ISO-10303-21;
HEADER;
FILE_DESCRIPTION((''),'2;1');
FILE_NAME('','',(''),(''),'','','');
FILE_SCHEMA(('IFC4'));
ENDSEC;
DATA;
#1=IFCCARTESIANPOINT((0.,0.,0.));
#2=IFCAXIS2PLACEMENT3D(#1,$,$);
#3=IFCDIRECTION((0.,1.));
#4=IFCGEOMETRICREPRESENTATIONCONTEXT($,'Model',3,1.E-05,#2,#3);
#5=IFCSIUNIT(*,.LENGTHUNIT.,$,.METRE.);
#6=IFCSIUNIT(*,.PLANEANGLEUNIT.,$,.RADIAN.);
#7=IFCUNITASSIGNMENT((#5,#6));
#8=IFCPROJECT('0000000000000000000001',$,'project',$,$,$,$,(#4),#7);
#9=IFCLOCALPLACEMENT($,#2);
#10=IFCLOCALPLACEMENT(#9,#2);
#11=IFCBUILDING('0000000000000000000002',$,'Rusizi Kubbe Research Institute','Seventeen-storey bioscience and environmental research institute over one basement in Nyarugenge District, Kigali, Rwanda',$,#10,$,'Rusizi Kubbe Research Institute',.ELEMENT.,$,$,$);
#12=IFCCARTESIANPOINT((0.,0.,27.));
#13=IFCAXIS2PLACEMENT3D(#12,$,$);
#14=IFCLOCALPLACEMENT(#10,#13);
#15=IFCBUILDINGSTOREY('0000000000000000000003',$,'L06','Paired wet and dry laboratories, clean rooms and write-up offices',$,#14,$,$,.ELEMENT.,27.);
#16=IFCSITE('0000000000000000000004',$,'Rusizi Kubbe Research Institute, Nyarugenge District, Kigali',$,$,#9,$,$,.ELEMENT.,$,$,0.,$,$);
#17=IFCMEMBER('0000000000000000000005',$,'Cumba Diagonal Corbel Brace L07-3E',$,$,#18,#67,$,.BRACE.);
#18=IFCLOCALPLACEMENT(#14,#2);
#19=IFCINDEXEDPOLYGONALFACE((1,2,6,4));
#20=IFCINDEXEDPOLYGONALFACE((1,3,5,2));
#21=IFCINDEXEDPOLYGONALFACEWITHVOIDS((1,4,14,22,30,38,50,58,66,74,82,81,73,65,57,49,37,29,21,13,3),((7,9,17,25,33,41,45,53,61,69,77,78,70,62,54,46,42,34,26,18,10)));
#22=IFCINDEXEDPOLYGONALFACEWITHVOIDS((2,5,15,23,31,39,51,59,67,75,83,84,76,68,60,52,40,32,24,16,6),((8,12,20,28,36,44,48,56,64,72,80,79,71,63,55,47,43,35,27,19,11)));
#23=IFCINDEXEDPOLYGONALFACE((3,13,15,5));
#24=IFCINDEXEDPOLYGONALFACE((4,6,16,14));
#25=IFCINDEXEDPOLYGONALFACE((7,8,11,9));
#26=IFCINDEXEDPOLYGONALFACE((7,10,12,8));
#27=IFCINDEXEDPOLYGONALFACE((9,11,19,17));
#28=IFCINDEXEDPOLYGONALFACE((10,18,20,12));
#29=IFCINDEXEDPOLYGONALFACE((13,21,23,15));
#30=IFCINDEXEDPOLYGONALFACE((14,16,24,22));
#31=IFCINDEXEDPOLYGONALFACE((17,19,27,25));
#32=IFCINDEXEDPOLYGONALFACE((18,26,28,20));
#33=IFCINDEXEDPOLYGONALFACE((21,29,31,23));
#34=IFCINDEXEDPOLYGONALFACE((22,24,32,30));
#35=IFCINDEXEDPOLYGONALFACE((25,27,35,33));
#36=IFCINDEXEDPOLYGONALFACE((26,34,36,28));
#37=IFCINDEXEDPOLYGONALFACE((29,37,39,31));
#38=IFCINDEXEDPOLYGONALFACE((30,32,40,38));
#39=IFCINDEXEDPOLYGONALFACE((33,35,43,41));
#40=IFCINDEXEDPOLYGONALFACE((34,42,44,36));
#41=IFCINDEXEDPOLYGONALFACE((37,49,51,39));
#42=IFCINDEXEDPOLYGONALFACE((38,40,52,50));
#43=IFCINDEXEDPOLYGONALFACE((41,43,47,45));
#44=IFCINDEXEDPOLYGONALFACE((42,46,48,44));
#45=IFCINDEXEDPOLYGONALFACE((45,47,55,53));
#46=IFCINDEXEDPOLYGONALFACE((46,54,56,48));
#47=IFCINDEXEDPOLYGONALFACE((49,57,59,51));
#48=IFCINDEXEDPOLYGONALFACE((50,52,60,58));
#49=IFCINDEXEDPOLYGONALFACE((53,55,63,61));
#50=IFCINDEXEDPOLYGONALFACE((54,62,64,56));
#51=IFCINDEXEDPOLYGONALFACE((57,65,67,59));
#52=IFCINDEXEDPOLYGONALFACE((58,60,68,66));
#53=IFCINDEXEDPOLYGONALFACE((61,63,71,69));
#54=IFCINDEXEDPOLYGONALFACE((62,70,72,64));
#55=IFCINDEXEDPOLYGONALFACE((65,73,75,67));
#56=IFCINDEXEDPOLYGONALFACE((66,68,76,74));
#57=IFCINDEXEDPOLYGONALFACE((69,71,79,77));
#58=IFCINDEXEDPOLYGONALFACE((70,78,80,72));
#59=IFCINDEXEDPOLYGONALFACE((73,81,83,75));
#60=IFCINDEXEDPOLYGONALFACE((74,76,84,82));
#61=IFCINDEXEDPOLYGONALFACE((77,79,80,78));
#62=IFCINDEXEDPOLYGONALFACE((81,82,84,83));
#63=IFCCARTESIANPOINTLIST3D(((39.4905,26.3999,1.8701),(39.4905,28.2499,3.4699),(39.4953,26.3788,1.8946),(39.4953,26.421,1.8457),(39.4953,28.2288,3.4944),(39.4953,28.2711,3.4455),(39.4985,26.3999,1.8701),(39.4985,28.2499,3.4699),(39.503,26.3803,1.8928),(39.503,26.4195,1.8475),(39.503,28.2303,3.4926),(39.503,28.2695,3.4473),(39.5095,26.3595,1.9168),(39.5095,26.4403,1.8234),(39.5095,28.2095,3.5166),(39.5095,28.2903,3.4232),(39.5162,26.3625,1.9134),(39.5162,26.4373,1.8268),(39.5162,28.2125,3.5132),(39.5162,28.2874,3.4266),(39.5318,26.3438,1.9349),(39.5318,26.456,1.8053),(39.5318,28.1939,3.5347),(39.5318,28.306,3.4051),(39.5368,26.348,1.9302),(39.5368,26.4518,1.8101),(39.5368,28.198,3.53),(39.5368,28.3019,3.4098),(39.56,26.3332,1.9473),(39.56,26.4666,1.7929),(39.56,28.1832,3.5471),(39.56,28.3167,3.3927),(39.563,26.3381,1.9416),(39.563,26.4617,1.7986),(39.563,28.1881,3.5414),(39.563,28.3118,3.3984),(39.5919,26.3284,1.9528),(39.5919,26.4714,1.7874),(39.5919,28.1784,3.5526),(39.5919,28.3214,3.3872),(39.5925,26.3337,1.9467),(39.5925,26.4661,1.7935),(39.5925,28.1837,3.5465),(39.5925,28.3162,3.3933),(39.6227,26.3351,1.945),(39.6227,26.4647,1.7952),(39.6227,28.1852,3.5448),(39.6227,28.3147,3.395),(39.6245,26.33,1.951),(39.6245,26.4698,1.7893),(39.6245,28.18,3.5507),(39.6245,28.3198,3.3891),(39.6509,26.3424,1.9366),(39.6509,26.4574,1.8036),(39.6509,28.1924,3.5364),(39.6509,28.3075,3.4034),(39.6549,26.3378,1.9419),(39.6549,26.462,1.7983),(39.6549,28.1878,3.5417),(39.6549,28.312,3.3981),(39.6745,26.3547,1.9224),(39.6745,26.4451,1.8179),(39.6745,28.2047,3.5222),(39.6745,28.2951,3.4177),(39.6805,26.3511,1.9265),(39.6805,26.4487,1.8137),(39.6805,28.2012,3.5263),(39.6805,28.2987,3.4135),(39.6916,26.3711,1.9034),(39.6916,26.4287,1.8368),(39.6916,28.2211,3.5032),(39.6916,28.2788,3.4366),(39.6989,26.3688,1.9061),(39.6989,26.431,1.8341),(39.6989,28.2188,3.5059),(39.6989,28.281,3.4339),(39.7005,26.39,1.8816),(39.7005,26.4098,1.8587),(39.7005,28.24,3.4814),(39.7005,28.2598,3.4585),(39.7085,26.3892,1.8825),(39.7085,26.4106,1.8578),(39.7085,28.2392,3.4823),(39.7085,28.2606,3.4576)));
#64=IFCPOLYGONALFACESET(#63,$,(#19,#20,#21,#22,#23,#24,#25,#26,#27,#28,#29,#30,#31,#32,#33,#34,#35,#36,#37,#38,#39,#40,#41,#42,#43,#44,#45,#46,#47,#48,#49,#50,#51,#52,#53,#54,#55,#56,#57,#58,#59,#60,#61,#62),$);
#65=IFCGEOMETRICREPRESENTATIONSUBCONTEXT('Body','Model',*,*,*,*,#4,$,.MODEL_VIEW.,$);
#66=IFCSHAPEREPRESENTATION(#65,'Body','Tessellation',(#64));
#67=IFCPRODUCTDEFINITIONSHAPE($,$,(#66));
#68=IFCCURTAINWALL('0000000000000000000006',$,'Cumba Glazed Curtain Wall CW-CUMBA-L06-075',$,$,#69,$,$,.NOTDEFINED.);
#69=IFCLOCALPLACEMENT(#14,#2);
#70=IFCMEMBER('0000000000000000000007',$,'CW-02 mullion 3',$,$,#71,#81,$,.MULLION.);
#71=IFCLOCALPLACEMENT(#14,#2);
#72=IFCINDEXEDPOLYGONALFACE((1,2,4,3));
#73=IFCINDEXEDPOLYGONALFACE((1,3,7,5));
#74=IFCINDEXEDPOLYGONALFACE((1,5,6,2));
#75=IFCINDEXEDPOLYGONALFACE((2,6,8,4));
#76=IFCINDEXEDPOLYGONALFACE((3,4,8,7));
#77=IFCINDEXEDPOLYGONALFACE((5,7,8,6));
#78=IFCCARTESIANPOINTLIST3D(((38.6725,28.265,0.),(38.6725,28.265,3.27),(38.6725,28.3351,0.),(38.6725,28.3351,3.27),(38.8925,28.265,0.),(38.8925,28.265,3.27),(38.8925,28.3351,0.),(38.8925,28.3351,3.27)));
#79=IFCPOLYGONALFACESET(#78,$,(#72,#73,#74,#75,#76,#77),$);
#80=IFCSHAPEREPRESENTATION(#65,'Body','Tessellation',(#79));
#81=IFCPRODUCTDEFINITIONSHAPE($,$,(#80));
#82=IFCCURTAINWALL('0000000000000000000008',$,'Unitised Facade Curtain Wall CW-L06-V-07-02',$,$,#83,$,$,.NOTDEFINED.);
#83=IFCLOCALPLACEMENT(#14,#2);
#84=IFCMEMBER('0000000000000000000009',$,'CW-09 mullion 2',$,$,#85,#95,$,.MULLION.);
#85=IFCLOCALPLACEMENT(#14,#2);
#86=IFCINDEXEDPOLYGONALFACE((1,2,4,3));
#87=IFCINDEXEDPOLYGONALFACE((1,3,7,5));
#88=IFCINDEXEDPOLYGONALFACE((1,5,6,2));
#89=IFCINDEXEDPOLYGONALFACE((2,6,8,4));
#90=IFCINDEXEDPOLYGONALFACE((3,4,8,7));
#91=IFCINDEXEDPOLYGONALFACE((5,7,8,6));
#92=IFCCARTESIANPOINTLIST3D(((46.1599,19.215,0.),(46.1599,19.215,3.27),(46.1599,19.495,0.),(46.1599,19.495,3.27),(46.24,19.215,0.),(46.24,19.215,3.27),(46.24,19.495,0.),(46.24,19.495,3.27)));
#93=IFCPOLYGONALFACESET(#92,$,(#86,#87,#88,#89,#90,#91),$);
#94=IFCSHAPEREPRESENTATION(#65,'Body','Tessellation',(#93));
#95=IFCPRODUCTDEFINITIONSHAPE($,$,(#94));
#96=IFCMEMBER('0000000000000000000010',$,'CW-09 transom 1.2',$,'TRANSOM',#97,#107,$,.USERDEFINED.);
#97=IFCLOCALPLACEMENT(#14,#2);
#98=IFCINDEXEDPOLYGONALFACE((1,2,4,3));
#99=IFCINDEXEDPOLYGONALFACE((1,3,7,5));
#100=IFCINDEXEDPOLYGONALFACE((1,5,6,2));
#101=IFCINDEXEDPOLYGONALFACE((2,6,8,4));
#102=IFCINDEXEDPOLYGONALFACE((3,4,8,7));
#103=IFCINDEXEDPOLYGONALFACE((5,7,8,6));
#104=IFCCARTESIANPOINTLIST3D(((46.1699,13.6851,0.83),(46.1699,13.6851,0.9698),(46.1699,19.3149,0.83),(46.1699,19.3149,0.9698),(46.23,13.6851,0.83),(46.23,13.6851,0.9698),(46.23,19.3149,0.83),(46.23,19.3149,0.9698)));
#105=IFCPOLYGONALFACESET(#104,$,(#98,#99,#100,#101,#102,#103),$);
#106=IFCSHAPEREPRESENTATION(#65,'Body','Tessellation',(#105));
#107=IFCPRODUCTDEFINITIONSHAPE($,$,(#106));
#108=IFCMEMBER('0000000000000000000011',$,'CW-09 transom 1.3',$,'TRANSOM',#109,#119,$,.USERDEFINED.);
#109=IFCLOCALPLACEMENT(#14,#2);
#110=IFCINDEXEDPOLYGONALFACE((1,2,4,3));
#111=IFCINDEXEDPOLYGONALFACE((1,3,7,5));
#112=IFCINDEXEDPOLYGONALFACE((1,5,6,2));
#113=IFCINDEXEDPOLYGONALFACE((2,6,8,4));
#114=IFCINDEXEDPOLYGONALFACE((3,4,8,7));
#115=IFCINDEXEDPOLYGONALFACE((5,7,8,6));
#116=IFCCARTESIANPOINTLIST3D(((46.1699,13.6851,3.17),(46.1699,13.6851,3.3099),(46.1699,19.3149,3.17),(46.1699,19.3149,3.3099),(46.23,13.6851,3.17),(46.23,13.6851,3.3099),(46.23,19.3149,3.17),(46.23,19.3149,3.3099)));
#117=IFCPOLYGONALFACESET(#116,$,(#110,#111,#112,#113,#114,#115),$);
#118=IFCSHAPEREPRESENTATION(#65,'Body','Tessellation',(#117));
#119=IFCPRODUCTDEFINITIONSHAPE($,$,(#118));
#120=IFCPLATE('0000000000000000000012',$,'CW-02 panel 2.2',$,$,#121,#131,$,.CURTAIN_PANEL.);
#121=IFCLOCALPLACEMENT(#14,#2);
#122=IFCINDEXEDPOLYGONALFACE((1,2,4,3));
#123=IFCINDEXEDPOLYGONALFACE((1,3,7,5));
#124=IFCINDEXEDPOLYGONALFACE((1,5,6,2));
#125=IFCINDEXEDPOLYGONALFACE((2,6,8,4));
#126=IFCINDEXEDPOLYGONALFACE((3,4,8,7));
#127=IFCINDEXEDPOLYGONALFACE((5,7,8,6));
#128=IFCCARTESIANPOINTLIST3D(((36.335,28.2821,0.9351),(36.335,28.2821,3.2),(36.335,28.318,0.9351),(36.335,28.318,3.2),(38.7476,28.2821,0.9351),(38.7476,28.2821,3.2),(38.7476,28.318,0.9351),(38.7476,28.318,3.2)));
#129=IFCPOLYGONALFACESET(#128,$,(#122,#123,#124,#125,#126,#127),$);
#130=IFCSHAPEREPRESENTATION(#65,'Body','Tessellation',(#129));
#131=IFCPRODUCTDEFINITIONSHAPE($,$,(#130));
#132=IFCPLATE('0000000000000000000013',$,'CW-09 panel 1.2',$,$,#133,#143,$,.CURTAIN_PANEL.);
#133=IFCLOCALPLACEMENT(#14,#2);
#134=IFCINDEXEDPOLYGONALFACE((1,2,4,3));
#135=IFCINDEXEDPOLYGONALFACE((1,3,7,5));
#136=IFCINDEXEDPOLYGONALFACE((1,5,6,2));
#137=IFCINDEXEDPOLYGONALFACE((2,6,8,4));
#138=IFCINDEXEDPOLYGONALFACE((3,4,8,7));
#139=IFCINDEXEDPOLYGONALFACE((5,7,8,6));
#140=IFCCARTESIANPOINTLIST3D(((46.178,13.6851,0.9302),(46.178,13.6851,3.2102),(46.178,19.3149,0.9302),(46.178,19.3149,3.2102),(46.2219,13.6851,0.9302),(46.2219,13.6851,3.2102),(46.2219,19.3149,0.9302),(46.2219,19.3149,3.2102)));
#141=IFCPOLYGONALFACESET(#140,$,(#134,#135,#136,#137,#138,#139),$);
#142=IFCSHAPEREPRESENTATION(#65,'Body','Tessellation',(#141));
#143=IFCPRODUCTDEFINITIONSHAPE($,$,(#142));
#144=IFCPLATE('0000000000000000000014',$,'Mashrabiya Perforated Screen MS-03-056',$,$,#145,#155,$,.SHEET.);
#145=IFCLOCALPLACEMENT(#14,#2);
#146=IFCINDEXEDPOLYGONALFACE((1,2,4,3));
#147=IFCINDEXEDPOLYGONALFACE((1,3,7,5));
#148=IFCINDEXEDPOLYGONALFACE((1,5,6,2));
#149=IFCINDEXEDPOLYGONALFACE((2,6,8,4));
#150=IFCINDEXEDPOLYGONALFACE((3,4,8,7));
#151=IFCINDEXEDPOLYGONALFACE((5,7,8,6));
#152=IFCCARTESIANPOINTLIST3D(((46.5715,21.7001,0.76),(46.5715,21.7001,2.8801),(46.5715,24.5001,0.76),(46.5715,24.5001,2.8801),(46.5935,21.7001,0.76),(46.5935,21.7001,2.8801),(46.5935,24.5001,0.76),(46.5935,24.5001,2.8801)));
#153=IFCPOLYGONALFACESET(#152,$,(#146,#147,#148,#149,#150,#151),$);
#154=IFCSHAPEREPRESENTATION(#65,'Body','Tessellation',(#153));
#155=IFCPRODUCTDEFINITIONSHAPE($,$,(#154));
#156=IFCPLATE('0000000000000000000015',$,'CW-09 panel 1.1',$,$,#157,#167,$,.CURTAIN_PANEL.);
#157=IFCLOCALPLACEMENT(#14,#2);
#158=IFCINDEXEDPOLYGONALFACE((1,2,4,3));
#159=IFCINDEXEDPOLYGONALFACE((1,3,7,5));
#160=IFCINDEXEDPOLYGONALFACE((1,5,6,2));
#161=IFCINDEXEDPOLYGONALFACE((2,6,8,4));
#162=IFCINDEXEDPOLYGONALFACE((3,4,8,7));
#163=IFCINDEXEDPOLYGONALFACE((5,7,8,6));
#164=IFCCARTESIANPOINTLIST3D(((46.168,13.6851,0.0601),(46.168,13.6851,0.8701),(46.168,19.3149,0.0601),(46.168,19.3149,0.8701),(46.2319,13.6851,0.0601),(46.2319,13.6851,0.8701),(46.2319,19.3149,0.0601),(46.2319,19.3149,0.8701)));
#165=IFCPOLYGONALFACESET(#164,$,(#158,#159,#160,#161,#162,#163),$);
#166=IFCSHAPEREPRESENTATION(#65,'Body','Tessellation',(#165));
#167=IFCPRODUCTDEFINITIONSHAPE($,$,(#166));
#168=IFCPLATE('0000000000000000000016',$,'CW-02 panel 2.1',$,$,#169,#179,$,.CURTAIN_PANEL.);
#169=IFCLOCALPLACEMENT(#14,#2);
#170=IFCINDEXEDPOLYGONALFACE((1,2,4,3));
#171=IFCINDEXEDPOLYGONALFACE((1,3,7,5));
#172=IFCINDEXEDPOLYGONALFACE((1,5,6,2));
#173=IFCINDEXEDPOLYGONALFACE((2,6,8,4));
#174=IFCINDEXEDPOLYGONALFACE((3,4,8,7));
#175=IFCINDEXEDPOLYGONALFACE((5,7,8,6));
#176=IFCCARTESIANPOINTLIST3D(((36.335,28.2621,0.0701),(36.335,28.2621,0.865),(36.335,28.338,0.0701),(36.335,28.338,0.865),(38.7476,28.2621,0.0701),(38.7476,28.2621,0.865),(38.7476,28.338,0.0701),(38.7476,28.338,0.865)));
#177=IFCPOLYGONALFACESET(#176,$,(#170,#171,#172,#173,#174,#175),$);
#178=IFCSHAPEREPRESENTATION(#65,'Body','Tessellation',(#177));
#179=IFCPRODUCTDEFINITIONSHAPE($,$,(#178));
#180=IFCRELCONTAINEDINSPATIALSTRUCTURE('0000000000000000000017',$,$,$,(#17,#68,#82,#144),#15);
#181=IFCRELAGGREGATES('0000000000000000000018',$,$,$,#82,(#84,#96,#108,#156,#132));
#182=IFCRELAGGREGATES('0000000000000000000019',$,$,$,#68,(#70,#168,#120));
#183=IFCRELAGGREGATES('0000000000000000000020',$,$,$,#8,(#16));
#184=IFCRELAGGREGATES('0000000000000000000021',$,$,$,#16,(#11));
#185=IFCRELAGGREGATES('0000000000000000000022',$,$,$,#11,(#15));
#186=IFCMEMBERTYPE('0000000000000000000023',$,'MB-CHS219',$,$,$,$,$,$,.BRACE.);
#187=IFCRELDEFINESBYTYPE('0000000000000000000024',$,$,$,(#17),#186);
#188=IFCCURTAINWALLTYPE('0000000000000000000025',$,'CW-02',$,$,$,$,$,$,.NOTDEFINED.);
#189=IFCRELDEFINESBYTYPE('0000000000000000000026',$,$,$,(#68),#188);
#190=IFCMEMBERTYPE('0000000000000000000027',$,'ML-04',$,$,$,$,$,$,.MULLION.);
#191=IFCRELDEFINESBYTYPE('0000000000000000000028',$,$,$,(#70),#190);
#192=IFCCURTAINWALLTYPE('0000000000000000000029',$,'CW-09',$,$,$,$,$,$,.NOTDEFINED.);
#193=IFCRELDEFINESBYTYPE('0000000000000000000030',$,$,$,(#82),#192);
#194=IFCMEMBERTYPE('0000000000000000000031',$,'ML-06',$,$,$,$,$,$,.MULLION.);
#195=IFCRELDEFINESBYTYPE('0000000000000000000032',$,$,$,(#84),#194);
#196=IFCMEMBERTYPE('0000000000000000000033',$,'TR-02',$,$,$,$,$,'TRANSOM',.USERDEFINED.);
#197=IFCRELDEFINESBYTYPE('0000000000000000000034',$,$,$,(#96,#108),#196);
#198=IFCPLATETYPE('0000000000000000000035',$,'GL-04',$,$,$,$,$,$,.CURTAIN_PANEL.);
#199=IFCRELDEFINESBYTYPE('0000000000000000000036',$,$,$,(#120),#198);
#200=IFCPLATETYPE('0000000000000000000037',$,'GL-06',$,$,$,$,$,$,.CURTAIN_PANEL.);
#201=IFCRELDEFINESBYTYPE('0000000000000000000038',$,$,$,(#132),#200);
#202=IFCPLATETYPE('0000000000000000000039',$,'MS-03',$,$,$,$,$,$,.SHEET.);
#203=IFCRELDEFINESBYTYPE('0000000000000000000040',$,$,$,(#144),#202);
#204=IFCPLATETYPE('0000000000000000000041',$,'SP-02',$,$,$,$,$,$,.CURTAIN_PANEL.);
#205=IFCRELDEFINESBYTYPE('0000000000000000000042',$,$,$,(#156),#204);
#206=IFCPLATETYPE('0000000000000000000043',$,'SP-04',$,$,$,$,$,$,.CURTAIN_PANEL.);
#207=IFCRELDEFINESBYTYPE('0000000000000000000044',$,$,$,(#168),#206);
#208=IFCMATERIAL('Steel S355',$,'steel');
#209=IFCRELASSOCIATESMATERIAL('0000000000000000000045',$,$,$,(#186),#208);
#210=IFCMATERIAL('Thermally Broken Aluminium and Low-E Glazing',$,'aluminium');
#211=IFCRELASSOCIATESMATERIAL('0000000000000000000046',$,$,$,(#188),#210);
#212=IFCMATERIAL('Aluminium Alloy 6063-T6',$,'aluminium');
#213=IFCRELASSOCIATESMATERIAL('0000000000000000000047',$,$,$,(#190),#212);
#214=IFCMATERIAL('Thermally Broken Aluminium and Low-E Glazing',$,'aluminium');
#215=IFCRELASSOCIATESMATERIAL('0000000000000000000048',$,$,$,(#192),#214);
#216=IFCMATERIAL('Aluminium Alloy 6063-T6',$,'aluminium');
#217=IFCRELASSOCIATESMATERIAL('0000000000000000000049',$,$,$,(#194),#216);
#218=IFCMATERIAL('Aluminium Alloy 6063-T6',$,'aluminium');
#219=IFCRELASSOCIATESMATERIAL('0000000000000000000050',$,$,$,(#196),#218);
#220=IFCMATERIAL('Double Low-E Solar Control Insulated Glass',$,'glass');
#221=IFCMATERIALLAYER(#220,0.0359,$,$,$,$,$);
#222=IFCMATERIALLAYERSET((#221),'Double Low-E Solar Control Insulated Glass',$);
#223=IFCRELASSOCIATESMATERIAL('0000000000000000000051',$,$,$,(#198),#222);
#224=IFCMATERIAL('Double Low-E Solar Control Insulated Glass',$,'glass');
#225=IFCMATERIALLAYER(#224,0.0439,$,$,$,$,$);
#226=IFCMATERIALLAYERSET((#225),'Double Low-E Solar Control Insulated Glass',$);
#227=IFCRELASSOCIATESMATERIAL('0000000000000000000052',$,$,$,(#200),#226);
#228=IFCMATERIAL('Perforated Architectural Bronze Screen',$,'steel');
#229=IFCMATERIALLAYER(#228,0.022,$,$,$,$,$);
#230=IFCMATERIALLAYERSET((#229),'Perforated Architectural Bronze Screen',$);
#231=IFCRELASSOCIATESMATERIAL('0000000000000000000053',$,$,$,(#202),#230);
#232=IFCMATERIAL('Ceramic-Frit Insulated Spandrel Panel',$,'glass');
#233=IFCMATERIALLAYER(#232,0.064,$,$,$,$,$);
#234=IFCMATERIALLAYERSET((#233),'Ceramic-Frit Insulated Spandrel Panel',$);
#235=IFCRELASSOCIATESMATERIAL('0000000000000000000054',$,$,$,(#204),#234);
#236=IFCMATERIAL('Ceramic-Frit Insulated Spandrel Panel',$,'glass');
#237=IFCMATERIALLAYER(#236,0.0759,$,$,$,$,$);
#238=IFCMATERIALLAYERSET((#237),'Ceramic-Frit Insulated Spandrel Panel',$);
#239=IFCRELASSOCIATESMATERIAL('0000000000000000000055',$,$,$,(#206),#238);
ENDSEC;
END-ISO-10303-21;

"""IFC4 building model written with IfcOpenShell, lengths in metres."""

from ifc_helpers import new_model, si_unit, direction, frame, origin, origin_2d, place, context, subcontext, project, spatial, rectangle, hollow_circle, extrude, material, layer, layer_set, material_profile, profile_set, type_object, element, aggregate, save


model = new_model("IFC4")

# Units and contexts
model_context = context("Model", 3, precision=1e-05, world=origin(), true_north=direction((0.0, 1.0)))
body_context = subcontext(model_context, "Body", "Model", "MODEL_VIEW")
ifc_project = project(units=[si_unit("LENGTHUNIT", "METRE"), si_unit("PLANEANGLEUNIT", "RADIAN")], contexts=[model_context])

# Site, building, storey
site_placement = place(None, origin())
site = spatial("IfcSite", under=ifc_project, at=site_placement, Name="Rusizi Kubbe Research Institute, Nyarugenge District, Kigali", CompositionType="ELEMENT", RefElevation=0.0)
building_placement = place(site_placement, origin())
building = spatial("IfcBuilding", under=site, at=building_placement, Name="Rusizi Kubbe Research Institute", Description="Seventeen-storey bioscience and environmental research institute over one basement in Nyarugenge District, Kigali, Rwanda", LongName="Rusizi Kubbe Research Institute", CompositionType="ELEMENT")
storey_placement = place(building_placement, frame((0.0, 0.0, 27.0)))
storey = spatial("IfcBuildingStorey", under=building, at=storey_placement, Name="L06", Description="Paired wet and dry laboratories, clean rooms and write-up offices", CompositionType="ELEMENT", Elevation=27.0)

# Member
ifc_material_1 = material(Name="Steel S355", Category="steel")
ifc_material_profile_1 = material_profile(ifc_material_1, hollow_circle(Radius=0.1096, WallThickness=0.0081, at=origin_2d()), Name="CHS 219.1x8.0")
ifc_profile_set_1 = profile_set([ifc_material_profile_1], Name="Steel S355")
member_type_1 = type_object("IfcMemberType", Name="MB-CHS219", PredefinedType="BRACE", material=ifc_profile_set_1)
member_1_placement = place(storey_placement, frame((39.6001, 26.3999, 1.8701), z_axis=(0.0, 0.75641, 0.654098), x_axis=(-1.0, 0.0, 0.0)))
element("IfcMember", 1, at=member_1_placement, inside=storey, type_object=member_type_1, Name="Cumba Diagonal Corbel Brace L07-3E", PredefinedType="BRACE", context=body_context, shape_type="SweptSolid", body=[
    extrude(hollow_circle(Radius=0.1096, WallThickness=0.0081, at=origin_2d()), origin(), (0.0, 0.0, 1.0), 2.4458),
])

# Curtain wall, member
ifc_material_2 = material(Name="Thermally Broken Aluminium and Low-E Glazing", Category="aluminium")
curtain_wall_type_1 = type_object("IfcCurtainWallType", Name="CW-02", PredefinedType="NOTDEFINED", material=ifc_material_2)
curtain_wall_1_placement = place(storey_placement, origin())
curtain_wall_1 = element("IfcCurtainWall", 2, at=curtain_wall_1_placement, inside=storey, type_object=curtain_wall_type_1, Name="Cumba Glazed Curtain Wall CW-CUMBA-L06-075", PredefinedType="NOTDEFINED")
ifc_material_3 = material(Name="Aluminium Alloy 6063-T6", Category="aluminium")
ifc_material_profile_2 = material_profile(ifc_material_3, rectangle(XDim=0.0701, YDim=0.22, at=origin_2d()), Name="ALU-M 70x220")
ifc_profile_set_2 = profile_set([ifc_material_profile_2], Name="Aluminium Alloy 6063-T6")
member_type_2 = type_object("IfcMemberType", Name="ML-04", PredefinedType="MULLION", material=ifc_profile_set_2)
member_2_placement = place(storey_placement, frame((38.7825, 28.3, 0.0), z_axis=(0.0, 0.0, 1.0), x_axis=(0.0, 1.0, 0.0)))
member_2 = element("IfcMember", 3, at=member_2_placement, type_object=member_type_2, Name="CW-02 mullion 3", PredefinedType="MULLION", context=body_context, shape_type="SweptSolid", body=[
    extrude(rectangle(XDim=0.0701, YDim=0.22, at=origin_2d()), origin(), (0.0, 0.0, 1.0), 3.27),
])

# Curtain wall, members
ifc_material_4 = material(Name="Thermally Broken Aluminium and Low-E Glazing", Category="aluminium")
curtain_wall_type_2 = type_object("IfcCurtainWallType", Name="CW-09", PredefinedType="NOTDEFINED", material=ifc_material_4)
curtain_wall_2_placement = place(storey_placement, origin())
curtain_wall_2 = element("IfcCurtainWall", 4, at=curtain_wall_2_placement, inside=storey, type_object=curtain_wall_type_2, Name="Unitised Facade Curtain Wall CW-L06-V-07-02", PredefinedType="NOTDEFINED")
ifc_material_5 = material(Name="Aluminium Alloy 6063-T6", Category="aluminium")
ifc_material_profile_3 = material_profile(ifc_material_5, rectangle(XDim=0.0801, YDim=0.28, at=origin_2d()), Name="ALU-M 80x280")
ifc_profile_set_3 = profile_set([ifc_material_profile_3], Name="Aluminium Alloy 6063-T6")
member_type_3 = type_object("IfcMemberType", Name="ML-06", PredefinedType="MULLION", material=ifc_profile_set_3)
member_3_placement = place(storey_placement, frame((46.2, 19.355, 0.0), z_axis=(0.0, 0.0, 1.0), x_axis=(-1.0, 0.0, 0.0)))
member_3 = element("IfcMember", 5, at=member_3_placement, type_object=member_type_3, Name="CW-09 mullion 2", PredefinedType="MULLION", context=body_context, shape_type="SweptSolid", body=[
    extrude(rectangle(XDim=0.0801, YDim=0.28, at=origin_2d()), origin(), (0.0, 0.0, 1.0), 3.27),
])
ifc_material_6 = material(Name="Aluminium Alloy 6063-T6", Category="aluminium")
ifc_material_profile_4 = material_profile(ifc_material_6, rectangle(XDim=0.0601, YDim=0.1399, at=origin_2d()), Name="ALU-T 60x140")
ifc_profile_set_4 = profile_set([ifc_material_profile_4], Name="Aluminium Alloy 6063-T6")
member_type_4 = type_object("IfcMemberType", Name="TR-02", ElementType="TRANSOM", PredefinedType="USERDEFINED", material=ifc_profile_set_4)
member_4_placement = place(storey_placement, frame((46.2, 13.6851, 0.8999), z_axis=(0.0, 1.0, 0.0), x_axis=(-1.0, 0.0, 0.0)))
member_4 = element("IfcMember", 6, at=member_4_placement, type_object=member_type_4, Name="CW-09 transom 1.2", ObjectType="TRANSOM", PredefinedType="USERDEFINED", context=body_context, shape_type="SweptSolid", body=[
    extrude(rectangle(XDim=0.0601, YDim=0.1399, at=origin_2d()), origin(), (0.0, 0.0, 1.0), 5.6299),
])
member_5_placement = place(storey_placement, frame((46.2, 13.6851, 3.24), z_axis=(0.0, 1.0, 0.0), x_axis=(-1.0, 0.0, 0.0)))
member_5 = element("IfcMember", 7, at=member_5_placement, type_object=member_type_4, Name="CW-09 transom 1.3", ObjectType="TRANSOM", PredefinedType="USERDEFINED", context=body_context, shape_type="SweptSolid", body=[
    extrude(rectangle(XDim=0.0601, YDim=0.1399, at=origin_2d()), origin(), (0.0, 0.0, 1.0), 5.6299),
])

# Plates
ifc_material_7 = material(Name="Double Low-E Solar Control Insulated Glass", Category="glass")
ifc_layer_1 = layer(ifc_material_7, 0.0359)
ifc_layer_set_1 = layer_set([ifc_layer_1], Name="Double Low-E Solar Control Insulated Glass")
plate_type_1 = type_object("IfcPlateType", Name="GL-04", PredefinedType="CURTAIN_PANEL", material=ifc_layer_set_1)
plate_1_placement = place(storey_placement, frame((37.5413, 28.3, 0.9351), z_axis=(0.0, 0.0, 1.0), x_axis=(1.0, 0.0, 0.0)))
plate_1 = element("IfcPlate", 8, at=plate_1_placement, type_object=plate_type_1, Name="CW-02 panel 2.2", PredefinedType="CURTAIN_PANEL", context=body_context, shape_type="SweptSolid", body=[
    extrude(rectangle(XDim=2.4126, YDim=0.0359, at=origin_2d()), origin(), (0.0, 0.0, 1.0), 2.2649),
])
ifc_material_8 = material(Name="Double Low-E Solar Control Insulated Glass", Category="glass")
ifc_layer_2 = layer(ifc_material_8, 0.0439)
ifc_layer_set_2 = layer_set([ifc_layer_2], Name="Double Low-E Solar Control Insulated Glass")
plate_type_2 = type_object("IfcPlateType", Name="GL-06", PredefinedType="CURTAIN_PANEL", material=ifc_layer_set_2)
plate_2_placement = place(storey_placement, frame((46.2, 16.5, 0.9302), z_axis=(0.0, 0.0, 1.0), x_axis=(0.0, 1.0, 0.0)))
plate_2 = element("IfcPlate", 9, at=plate_2_placement, type_object=plate_type_2, Name="CW-09 panel 1.2", PredefinedType="CURTAIN_PANEL", context=body_context, shape_type="SweptSolid", body=[
    extrude(rectangle(XDim=5.6299, YDim=0.0439, at=origin_2d()), origin(), (0.0, 0.0, 1.0), 2.28),
])
ifc_material_9 = material(Name="Perforated Architectural Bronze Screen", Category="steel")
ifc_layer_3 = layer(ifc_material_9, 0.022)
ifc_layer_set_3 = layer_set([ifc_layer_3], Name="Perforated Architectural Bronze Screen")
plate_type_3 = type_object("IfcPlateType", Name="MS-03", PredefinedType="SHEET", material=ifc_layer_set_3)
plate_3_placement = place(storey_placement, frame((46.5825, 23.1001, 0.76), z_axis=(0.0, 0.0, 1.0), x_axis=(0.0, 1.0, 0.0)))
element("IfcPlate", 10, at=plate_3_placement, inside=storey, type_object=plate_type_3, Name="Mashrabiya Perforated Screen MS-03-056", PredefinedType="SHEET", context=body_context, shape_type="SweptSolid", body=[
    extrude(rectangle(XDim=2.8, YDim=0.022, at=origin_2d()), origin(), (0.0, 0.0, 1.0), 2.1201),
])
ifc_material_10 = material(Name="Ceramic-Frit Insulated Spandrel Panel", Category="glass")
ifc_layer_4 = layer(ifc_material_10, 0.064)
ifc_layer_set_4 = layer_set([ifc_layer_4], Name="Ceramic-Frit Insulated Spandrel Panel")
plate_type_4 = type_object("IfcPlateType", Name="SP-02", PredefinedType="CURTAIN_PANEL", material=ifc_layer_set_4)
plate_4_placement = place(storey_placement, frame((46.2, 16.5, 0.0601), z_axis=(0.0, 0.0, 1.0), x_axis=(0.0, 1.0, 0.0)))
plate_4 = element("IfcPlate", 11, at=plate_4_placement, type_object=plate_type_4, Name="CW-09 panel 1.1", PredefinedType="CURTAIN_PANEL", context=body_context, shape_type="SweptSolid", body=[
    extrude(rectangle(XDim=5.6299, YDim=0.064, at=origin_2d()), origin(), (0.0, 0.0, 1.0), 0.8101),
])
aggregate(curtain_wall_2, [member_3, member_4, member_5, plate_4, plate_2])
ifc_material_11 = material(Name="Ceramic-Frit Insulated Spandrel Panel", Category="glass")
ifc_layer_5 = layer(ifc_material_11, 0.0759)
ifc_layer_set_5 = layer_set([ifc_layer_5], Name="Ceramic-Frit Insulated Spandrel Panel")
plate_type_5 = type_object("IfcPlateType", Name="SP-04", PredefinedType="CURTAIN_PANEL", material=ifc_layer_set_5)
plate_5_placement = place(storey_placement, frame((37.5413, 28.3, 0.0701), z_axis=(0.0, 0.0, 1.0), x_axis=(1.0, 0.0, 0.0)))
plate_5 = element("IfcPlate", 12, at=plate_5_placement, type_object=plate_type_5, Name="CW-02 panel 2.1", PredefinedType="CURTAIN_PANEL", context=body_context, shape_type="SweptSolid", body=[
    extrude(rectangle(XDim=2.4126, YDim=0.0759, at=origin_2d()), origin(), (0.0, 0.0, 1.0), 0.7949),
])
aggregate(curtain_wall_1, [member_2, plate_5, plate_1])

save(model, "model.ifc")
